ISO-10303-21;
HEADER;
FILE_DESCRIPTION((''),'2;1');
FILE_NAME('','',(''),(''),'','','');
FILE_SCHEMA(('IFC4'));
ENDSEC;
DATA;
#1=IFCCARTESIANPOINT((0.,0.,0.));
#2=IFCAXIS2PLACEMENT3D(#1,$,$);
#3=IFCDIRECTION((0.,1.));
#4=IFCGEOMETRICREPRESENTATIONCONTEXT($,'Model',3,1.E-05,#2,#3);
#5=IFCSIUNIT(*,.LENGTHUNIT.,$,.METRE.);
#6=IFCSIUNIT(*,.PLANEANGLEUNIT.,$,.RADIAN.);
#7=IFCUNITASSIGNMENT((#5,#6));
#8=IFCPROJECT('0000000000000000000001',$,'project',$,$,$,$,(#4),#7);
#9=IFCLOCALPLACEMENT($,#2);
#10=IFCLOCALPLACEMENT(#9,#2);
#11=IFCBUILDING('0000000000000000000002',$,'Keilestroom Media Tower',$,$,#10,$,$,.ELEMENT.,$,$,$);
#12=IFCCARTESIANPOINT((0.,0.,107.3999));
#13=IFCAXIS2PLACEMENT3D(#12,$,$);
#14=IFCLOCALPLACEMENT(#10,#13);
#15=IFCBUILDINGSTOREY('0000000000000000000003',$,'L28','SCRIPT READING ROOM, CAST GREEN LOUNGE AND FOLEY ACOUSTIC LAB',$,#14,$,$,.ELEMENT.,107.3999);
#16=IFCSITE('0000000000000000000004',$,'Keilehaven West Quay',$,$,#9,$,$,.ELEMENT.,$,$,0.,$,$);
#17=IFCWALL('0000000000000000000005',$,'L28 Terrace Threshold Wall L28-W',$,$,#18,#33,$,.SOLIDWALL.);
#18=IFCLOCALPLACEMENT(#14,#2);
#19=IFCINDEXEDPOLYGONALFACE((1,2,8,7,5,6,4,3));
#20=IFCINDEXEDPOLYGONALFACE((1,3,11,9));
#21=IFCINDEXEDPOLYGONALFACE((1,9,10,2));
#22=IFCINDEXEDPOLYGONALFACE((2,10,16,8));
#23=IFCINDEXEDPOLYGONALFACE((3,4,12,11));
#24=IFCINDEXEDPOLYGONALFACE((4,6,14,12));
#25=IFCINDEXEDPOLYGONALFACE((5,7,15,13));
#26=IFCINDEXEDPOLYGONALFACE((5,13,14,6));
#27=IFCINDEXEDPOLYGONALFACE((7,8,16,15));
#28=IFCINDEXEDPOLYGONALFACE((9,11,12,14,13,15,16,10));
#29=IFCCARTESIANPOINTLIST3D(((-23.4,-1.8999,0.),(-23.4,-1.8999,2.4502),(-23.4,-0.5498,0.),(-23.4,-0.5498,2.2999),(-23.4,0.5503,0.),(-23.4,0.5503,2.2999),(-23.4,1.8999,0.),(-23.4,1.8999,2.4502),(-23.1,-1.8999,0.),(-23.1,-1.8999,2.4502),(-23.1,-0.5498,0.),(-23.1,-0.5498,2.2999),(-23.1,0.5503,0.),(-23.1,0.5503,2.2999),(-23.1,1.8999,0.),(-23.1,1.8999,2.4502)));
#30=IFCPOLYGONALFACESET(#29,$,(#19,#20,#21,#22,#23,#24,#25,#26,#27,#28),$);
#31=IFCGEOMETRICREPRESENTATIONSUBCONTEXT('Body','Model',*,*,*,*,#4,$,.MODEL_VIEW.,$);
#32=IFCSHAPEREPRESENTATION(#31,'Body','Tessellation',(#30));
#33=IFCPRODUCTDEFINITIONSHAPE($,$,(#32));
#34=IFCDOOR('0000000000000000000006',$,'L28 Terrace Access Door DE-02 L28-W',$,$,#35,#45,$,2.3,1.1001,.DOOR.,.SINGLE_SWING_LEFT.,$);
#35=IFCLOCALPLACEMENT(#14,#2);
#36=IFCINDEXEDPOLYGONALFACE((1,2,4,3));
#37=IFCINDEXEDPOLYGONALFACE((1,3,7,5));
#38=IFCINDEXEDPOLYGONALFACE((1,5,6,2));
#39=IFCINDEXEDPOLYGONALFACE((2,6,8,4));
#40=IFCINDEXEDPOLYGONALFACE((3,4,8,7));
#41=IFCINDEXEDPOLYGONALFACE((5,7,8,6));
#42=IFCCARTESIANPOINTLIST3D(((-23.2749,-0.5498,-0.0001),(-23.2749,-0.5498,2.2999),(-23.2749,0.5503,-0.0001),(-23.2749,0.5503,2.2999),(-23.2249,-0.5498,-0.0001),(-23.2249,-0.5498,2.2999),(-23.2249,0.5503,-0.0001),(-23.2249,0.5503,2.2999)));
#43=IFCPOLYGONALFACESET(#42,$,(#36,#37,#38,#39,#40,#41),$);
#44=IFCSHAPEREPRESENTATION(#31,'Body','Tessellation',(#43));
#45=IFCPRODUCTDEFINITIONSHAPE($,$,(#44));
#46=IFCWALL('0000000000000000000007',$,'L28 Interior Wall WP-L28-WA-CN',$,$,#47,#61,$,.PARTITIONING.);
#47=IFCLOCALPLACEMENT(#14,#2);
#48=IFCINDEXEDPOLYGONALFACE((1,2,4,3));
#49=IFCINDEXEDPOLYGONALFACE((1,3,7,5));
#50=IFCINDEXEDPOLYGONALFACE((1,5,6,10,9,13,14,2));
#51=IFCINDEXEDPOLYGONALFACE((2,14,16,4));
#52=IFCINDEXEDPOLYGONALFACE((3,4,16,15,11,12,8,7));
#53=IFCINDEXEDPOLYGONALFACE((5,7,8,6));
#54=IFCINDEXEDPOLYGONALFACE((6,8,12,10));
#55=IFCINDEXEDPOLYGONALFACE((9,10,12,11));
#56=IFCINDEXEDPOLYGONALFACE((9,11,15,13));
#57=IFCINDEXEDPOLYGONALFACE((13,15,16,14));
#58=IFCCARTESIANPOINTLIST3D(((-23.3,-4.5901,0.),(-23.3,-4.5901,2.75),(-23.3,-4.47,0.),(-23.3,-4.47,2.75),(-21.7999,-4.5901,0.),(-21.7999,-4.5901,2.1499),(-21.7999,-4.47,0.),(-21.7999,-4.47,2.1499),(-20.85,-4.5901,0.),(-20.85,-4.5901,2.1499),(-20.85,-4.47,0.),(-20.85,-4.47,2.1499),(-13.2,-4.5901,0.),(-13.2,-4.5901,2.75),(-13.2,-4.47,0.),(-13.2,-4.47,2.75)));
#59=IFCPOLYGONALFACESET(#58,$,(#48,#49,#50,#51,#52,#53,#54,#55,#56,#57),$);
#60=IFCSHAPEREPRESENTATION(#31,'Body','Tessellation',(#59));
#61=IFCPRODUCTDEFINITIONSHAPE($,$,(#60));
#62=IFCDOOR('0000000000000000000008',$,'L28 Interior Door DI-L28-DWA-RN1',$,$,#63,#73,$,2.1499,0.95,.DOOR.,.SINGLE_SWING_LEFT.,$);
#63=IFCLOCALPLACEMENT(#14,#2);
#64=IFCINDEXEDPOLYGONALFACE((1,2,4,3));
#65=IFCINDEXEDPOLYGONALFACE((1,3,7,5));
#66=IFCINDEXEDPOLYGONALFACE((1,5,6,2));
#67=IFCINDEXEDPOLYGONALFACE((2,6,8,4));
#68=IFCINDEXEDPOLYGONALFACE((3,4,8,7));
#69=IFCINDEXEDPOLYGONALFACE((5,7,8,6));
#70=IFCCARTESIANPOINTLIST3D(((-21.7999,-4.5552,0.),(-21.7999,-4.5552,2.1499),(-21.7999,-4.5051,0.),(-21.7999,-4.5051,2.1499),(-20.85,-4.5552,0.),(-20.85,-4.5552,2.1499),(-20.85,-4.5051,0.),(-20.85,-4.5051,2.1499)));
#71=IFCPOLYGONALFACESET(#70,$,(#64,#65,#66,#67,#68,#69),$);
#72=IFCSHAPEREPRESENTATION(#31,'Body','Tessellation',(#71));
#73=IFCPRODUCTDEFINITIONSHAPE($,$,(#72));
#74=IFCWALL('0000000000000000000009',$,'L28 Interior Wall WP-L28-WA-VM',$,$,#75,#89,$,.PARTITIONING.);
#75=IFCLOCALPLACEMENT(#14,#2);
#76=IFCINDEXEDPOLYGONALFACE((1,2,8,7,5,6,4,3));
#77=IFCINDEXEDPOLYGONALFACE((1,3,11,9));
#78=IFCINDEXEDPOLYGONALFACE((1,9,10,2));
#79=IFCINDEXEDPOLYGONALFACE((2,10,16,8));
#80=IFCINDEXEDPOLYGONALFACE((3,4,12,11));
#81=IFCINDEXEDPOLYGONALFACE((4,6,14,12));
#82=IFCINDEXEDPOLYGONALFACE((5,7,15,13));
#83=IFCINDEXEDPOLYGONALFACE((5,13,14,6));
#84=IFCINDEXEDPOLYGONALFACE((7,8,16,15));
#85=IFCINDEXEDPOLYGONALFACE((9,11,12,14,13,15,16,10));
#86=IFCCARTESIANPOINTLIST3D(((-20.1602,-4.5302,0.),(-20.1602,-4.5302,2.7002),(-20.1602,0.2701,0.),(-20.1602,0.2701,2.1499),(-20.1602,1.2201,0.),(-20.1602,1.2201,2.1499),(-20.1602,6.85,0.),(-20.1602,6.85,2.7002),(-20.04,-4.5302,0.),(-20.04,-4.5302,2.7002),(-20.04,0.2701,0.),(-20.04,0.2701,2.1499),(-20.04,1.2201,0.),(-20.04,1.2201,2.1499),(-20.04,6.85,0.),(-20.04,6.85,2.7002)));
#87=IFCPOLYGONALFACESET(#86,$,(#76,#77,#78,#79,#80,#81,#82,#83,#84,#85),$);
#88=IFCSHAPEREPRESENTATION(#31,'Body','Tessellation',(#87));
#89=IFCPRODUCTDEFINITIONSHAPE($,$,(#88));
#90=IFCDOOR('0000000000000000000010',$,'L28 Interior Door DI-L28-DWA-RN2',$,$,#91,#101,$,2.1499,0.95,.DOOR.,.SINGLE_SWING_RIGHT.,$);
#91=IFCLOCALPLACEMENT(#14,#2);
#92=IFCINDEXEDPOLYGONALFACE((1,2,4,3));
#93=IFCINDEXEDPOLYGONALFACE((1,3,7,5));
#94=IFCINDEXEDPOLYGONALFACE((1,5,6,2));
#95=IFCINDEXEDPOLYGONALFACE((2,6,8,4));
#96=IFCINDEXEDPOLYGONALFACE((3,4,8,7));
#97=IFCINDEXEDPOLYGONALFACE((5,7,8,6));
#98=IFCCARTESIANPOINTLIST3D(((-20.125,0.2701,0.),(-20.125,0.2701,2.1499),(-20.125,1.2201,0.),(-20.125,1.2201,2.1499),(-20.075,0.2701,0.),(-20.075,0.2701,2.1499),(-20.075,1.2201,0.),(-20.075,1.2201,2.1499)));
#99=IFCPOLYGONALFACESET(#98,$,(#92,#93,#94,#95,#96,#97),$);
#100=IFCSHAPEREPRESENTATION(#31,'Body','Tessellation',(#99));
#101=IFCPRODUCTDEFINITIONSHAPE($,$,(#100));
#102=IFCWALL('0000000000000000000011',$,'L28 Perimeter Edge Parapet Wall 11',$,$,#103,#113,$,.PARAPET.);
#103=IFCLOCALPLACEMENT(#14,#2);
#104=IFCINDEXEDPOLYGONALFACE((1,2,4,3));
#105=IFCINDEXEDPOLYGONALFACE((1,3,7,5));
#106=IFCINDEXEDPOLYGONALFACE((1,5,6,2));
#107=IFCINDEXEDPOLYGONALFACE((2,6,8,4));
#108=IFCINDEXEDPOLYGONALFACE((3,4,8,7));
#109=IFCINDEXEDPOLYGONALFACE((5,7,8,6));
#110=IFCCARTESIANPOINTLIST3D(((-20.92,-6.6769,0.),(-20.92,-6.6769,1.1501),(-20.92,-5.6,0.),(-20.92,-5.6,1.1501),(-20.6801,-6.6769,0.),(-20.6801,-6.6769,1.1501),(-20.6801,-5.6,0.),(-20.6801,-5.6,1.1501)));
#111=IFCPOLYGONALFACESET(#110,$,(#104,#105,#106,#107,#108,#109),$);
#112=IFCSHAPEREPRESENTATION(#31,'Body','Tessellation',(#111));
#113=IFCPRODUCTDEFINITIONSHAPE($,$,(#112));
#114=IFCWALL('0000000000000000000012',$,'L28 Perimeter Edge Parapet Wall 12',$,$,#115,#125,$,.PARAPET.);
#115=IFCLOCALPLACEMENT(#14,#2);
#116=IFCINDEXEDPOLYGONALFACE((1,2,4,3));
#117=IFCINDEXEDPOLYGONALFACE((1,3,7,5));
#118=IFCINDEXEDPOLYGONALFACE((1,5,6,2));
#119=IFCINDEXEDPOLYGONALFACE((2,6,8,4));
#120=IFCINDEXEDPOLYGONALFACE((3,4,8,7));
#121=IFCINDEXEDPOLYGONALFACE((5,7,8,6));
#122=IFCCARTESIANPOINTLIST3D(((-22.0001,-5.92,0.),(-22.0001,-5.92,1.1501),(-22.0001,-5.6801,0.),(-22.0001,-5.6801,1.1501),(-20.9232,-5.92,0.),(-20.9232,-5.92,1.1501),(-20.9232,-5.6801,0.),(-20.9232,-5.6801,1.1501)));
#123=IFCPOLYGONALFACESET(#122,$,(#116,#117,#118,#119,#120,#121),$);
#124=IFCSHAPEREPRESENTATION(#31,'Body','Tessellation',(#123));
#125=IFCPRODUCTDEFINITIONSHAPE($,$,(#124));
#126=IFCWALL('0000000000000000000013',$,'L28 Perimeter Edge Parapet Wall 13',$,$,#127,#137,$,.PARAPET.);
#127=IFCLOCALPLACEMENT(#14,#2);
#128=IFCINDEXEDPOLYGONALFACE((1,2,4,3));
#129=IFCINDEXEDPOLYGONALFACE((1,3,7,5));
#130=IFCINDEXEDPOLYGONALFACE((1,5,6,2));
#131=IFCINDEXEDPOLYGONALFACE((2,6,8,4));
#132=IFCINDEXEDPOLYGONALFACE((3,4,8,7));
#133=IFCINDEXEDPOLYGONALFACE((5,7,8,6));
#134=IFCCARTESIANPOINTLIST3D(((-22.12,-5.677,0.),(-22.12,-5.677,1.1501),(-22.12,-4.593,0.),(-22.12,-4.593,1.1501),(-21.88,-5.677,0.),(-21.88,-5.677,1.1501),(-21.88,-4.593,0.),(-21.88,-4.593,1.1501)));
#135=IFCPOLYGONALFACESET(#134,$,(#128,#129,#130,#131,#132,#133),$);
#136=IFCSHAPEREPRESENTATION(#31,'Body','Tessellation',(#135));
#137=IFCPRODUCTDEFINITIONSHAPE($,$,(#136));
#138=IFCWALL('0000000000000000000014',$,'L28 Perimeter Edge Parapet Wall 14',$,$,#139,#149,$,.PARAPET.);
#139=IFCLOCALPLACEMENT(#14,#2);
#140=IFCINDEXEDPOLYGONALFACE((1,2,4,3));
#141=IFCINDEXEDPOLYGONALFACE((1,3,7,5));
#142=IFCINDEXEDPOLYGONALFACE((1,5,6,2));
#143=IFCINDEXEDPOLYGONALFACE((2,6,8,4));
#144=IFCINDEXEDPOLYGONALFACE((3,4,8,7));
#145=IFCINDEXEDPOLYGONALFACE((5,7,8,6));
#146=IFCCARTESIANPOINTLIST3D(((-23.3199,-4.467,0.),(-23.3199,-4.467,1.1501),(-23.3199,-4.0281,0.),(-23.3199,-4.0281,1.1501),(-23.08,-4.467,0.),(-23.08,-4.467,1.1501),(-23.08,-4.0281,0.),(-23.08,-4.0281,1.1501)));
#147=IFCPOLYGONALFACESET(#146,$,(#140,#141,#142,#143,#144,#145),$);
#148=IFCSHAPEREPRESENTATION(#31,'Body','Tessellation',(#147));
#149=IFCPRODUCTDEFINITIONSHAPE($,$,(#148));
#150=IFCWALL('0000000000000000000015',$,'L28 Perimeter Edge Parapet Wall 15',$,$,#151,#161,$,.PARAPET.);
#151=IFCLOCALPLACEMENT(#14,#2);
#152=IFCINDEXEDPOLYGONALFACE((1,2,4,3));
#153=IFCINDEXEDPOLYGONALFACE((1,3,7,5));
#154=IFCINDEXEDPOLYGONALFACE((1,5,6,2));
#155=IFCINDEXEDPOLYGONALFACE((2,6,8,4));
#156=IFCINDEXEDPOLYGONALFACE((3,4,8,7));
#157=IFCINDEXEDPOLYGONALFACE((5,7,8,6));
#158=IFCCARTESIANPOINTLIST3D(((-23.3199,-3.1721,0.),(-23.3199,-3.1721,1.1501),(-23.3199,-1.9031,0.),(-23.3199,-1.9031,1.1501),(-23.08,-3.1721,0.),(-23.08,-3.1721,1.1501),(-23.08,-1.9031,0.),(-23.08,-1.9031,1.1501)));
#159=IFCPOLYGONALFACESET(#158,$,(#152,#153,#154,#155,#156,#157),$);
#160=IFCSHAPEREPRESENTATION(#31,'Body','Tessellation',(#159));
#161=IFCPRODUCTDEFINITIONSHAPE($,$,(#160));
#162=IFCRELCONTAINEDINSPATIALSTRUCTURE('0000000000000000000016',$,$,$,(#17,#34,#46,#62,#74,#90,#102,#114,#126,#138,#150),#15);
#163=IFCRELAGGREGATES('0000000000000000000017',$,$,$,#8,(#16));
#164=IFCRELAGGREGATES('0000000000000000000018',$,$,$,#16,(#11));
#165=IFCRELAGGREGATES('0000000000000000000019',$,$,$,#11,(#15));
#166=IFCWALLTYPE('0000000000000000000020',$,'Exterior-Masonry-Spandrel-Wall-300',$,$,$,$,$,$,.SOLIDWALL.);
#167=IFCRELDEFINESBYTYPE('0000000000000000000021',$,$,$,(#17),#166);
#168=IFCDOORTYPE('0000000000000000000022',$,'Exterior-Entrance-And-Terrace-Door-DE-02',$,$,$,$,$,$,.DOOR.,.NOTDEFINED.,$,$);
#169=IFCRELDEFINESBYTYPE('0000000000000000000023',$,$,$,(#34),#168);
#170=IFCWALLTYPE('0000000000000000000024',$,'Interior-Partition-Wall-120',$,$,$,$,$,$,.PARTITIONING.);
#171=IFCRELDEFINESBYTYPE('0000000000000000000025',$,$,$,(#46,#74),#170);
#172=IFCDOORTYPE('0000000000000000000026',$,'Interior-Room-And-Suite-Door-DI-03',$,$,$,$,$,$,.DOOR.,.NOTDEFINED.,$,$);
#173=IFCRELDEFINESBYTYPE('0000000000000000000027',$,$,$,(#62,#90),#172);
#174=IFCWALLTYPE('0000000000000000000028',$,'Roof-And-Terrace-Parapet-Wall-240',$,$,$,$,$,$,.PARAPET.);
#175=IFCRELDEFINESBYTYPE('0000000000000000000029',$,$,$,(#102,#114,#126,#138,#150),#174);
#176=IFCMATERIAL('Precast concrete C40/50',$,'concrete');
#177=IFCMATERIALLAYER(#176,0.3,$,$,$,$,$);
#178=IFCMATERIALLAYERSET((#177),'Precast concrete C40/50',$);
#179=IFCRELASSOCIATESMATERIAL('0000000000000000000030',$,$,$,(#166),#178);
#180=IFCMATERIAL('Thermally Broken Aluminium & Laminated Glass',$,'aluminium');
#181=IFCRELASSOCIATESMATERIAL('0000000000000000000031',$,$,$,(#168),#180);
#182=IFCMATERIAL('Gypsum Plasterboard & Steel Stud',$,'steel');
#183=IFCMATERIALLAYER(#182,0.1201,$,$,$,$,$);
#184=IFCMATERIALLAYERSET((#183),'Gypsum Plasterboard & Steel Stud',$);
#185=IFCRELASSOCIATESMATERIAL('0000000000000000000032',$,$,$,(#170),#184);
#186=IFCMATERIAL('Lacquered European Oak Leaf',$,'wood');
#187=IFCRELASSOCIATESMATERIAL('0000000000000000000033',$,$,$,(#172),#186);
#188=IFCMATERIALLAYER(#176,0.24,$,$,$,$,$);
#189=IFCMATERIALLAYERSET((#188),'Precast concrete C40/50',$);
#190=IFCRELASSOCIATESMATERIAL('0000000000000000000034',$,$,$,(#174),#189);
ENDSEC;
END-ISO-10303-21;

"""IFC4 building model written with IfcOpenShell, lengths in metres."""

from ifc_helpers import new_model, si_unit, direction, frame, frame_2d, origin, place, context, subcontext, project, spatial, rectangle, extrude, source, transform, mapped, material, layer, layer_set, type_object, element, fill, save


model = new_model("IFC4")

# Units and contexts
model_context = context("Model", 3, precision=1e-05, world=origin(), true_north=direction((0.0, 1.0)))
body_context = subcontext(model_context, "Body", "Model", "MODEL_VIEW")
ifc_project = project(units=[si_unit("LENGTHUNIT", "METRE"), si_unit("PLANEANGLEUNIT", "RADIAN")], contexts=[model_context])

# Site, building, storey
site_placement = place(None, origin())
site = spatial("IfcSite", under=ifc_project, at=site_placement, Name="Keilehaven West Quay", CompositionType="ELEMENT", RefElevation=0.0)
building_placement = place(site_placement, origin())
building = spatial("IfcBuilding", under=site, at=building_placement, Name="Keilestroom Media Tower", CompositionType="ELEMENT")
storey_placement = place(building_placement, frame((0.0, 0.0, 107.3999)))
storey = spatial("IfcBuildingStorey", under=building, at=storey_placement, Name="L28", Description="SCRIPT READING ROOM, CAST GREEN LOUNGE AND FOLEY ACOUSTIC LAB", CompositionType="ELEMENT", Elevation=107.3999)

# Shared definitions
ifc_material_1 = material(Name="Precast concrete C40/50", Category="concrete")

# Walls, openings, doors
ifc_layer_1 = layer(ifc_material_1, 0.3)
ifc_layer_set_1 = layer_set([ifc_layer_1], Name="Precast concrete C40/50")
wall_type_1 = type_object("IfcWallType", Name="Exterior-Masonry-Spandrel-Wall-300", PredefinedType="SOLIDWALL", material=ifc_layer_set_1)
wall_1_placement = place(storey_placement, frame((-23.25, -1.8999, 0.0), z_axis=(0.0, 0.0, 1.0), x_axis=(0.0, 1.0, 0.0)))
wall_1 = element("IfcWall", 1, at=wall_1_placement, inside=storey, type_object=wall_type_1, Name="L28 Terrace Threshold Wall L28-W", PredefinedType="SOLIDWALL", context=body_context, shape_type="SweptSolid", body=[
    extrude(rectangle(XDim=3.7998, YDim=0.3, at=frame_2d((1.8999, 0.0))), origin(), (0.0, 0.0, 1.0), 2.4502),
])
opening_1_placement = place(wall_1_placement, frame((1.3501, 0.0, 0.0)))
opening_1 = element("IfcOpeningElement", 2, at=opening_1_placement, cuts=wall_1, PredefinedType="OPENING", context=body_context, shape_type="SweptSolid", body=[
    extrude(rectangle(XDim=1.1001, YDim=2.3, at=frame_2d((0.55, 1.1499))), frame((0.0, 0.1602, 0.0), z_axis=(0.0, -1.0, 0.0), x_axis=(1.0, 0.0, 0.0)), (0.0, 0.0, 1.0), 0.3201),
])
ifc_material_2 = material(Name="Thermally Broken Aluminium & Laminated Glass", Category="aluminium")
door_type_1 = type_object("IfcDoorType", Name="Exterior-Entrance-And-Terrace-Door-DE-02", OperationType="NOTDEFINED", PredefinedType="DOOR", material=ifc_material_2)
shared_shape_1 = source(origin(), body_context, "Body", "SweptSolid", [
    extrude(rectangle(XDim=1.1001, YDim=2.3, at=frame_2d((0.55, 1.1499))), frame((0.0, 0.0249, 0.0), z_axis=(0.0, -1.0, 0.0), x_axis=(1.0, 0.0, 0.0)), (0.0, 0.0, 1.0), 0.05),
])
door_1_placement = place(opening_1_placement, origin())
door_1 = element("IfcDoor", 3, at=door_1_placement, inside=storey, type_object=door_type_1, Name="L28 Terrace Access Door DE-02 L28-W", OperationType="SINGLE_SWING_LEFT", OverallHeight=2.3, OverallWidth=1.1001, PredefinedType="DOOR", context=body_context, shape_type="MappedRepresentation", body=[
    mapped(shared_shape_1, transform((0.0, 0.0, 0.0), x_axis=(1.0, 0.0, 0.0), y_axis=(0.0, 1.0, 0.0), z_axis=(0.0, 0.0, 1.0), scale=1.0)),
])
fill(opening_1, door_1)
ifc_material_3 = material(Name="Gypsum Plasterboard & Steel Stud", Category="steel")
ifc_layer_2 = layer(ifc_material_3, 0.1201)
ifc_layer_set_2 = layer_set([ifc_layer_2], Name="Gypsum Plasterboard & Steel Stud")
wall_type_2 = type_object("IfcWallType", Name="Interior-Partition-Wall-120", PredefinedType="PARTITIONING", material=ifc_layer_set_2)
wall_2_placement = place(storey_placement, frame((-23.3, -4.53, 0.0), z_axis=(0.0, 0.0, 1.0), x_axis=(1.0, 0.0, 0.0)))
wall_2 = element("IfcWall", 4, at=wall_2_placement, inside=storey, type_object=wall_type_2, Name="L28 Interior Wall WP-L28-WA-CN", PredefinedType="PARTITIONING", context=body_context, shape_type="SweptSolid", body=[
    extrude(rectangle(XDim=10.1001, YDim=0.1201, at=frame_2d((5.05, 0.0))), origin(), (0.0, 0.0, 1.0), 2.75),
])
opening_2_placement = place(wall_2_placement, frame((1.5, 0.0, 0.0)))
opening_2 = element("IfcOpeningElement", 5, at=opening_2_placement, cuts=wall_2, PredefinedType="OPENING", context=body_context, shape_type="SweptSolid", body=[
    extrude(rectangle(XDim=0.95, YDim=2.1499, at=frame_2d((0.4751, 1.075))), frame((0.0, 0.0701, 0.0), z_axis=(0.0, -1.0, 0.0), x_axis=(1.0, 0.0, 0.0)), (0.0, 0.0, 1.0), 0.1401),
])
ifc_material_4 = material(Name="Lacquered European Oak Leaf", Category="wood")
door_type_2 = type_object("IfcDoorType", Name="Interior-Room-And-Suite-Door-DI-03", OperationType="NOTDEFINED", PredefinedType="DOOR", material=ifc_material_4)
shared_shape_2 = source(origin(), body_context, "Body", "SweptSolid", [
    extrude(rectangle(XDim=0.95, YDim=2.1499, at=frame_2d((0.4751, 1.075))), frame((0.0, 0.0249, 0.0), z_axis=(0.0, -1.0, 0.0), x_axis=(1.0, 0.0, 0.0)), (0.0, 0.0, 1.0), 0.05),
])
door_2_placement = place(opening_2_placement, origin())
door_2 = element("IfcDoor", 6, at=door_2_placement, inside=storey, type_object=door_type_2, Name="L28 Interior Door DI-L28-DWA-RN1", OperationType="SINGLE_SWING_LEFT", OverallHeight=2.1499, OverallWidth=0.95, PredefinedType="DOOR", context=body_context, shape_type="MappedRepresentation", body=[
    mapped(shared_shape_2, transform((0.0, 0.0, 0.0), x_axis=(1.0, 0.0, 0.0), y_axis=(0.0, 1.0, 0.0), z_axis=(0.0, 0.0, 1.0), scale=1.0)),
])
fill(opening_2, door_2)
wall_3_placement = place(storey_placement, frame((-20.1001, -4.53, 0.0), z_axis=(0.0, 0.0, 1.0), x_axis=(0.0, 1.0, 0.0)))
wall_3 = element("IfcWall", 7, at=wall_3_placement, inside=storey, type_object=wall_type_2, Name="L28 Interior Wall WP-L28-WA-VM", PredefinedType="PARTITIONING", context=body_context, shape_type="SweptSolid", body=[
    extrude(rectangle(XDim=11.3801, YDim=0.1201, at=frame_2d((5.6899, 0.0))), origin(), (0.0, 0.0, 1.0), 2.7002),
])
opening_3_placement = place(wall_3_placement, frame((4.8, 0.0, 0.0)))
opening_3 = element("IfcOpeningElement", 8, at=opening_3_placement, cuts=wall_3, PredefinedType="OPENING", context=body_context, shape_type="SweptSolid", body=[
    extrude(rectangle(XDim=0.95, YDim=2.1499, at=frame_2d((0.4751, 1.075))), frame((0.0, 0.0701, 0.0), z_axis=(0.0, -1.0, 0.0), x_axis=(1.0, 0.0, 0.0)), (0.0, 0.0, 1.0), 0.1401),
])
door_3_placement = place(opening_3_placement, origin())
door_3 = element("IfcDoor", 9, at=door_3_placement, inside=storey, type_object=door_type_2, Name="L28 Interior Door DI-L28-DWA-RN2", OperationType="SINGLE_SWING_RIGHT", OverallHeight=2.1499, OverallWidth=0.95, PredefinedType="DOOR", context=body_context, shape_type="MappedRepresentation", body=[
    mapped(shared_shape_2, transform((0.0, 0.0, 0.0), x_axis=(1.0, 0.0, 0.0), y_axis=(0.0, 1.0, 0.0), z_axis=(0.0, 0.0, 1.0), scale=1.0)),
])
fill(opening_3, door_3)

# Walls
ifc_layer_3 = layer(ifc_material_1, 0.24)
ifc_layer_set_3 = layer_set([ifc_layer_3], Name="Precast concrete C40/50")
wall_type_3 = type_object("IfcWallType", Name="Roof-And-Terrace-Parapet-Wall-240", PredefinedType="PARAPET", material=ifc_layer_set_3)
for number, where, z_axis, x_axis, name in (
    (10, (-20.8, -6.677, 0.0), (0.0, 0.0, 1.0), (0.0, 1.0, 0.0), "L28 Perimeter Edge Parapet Wall 11"),
    (11, (-20.9231, -5.8, 0.0), (0.0, 0.0, 1.0), (-1.0, 0.0, 0.0), "L28 Perimeter Edge Parapet Wall 12"),
):
    element("IfcWall", number, at=place(storey_placement, frame(where, z_axis=z_axis, x_axis=x_axis)), inside=storey, type_object=wall_type_3, Name=name, PredefinedType="PARAPET", context=body_context, shape_type="SweptSolid", body=[
        extrude(rectangle(XDim=1.0769, YDim=0.24, at=frame_2d((0.5386, 0.0))), origin(), (0.0, 0.0, 1.0), 1.1501),
    ])
wall_4_placement = place(storey_placement, frame((-22.0, -5.677, 0.0), z_axis=(0.0, 0.0, 1.0), x_axis=(0.0, 1.0, 0.0)))
element("IfcWall", 12, at=wall_4_placement, inside=storey, type_object=wall_type_3, Name="L28 Perimeter Edge Parapet Wall 13", PredefinedType="PARAPET", context=body_context, shape_type="SweptSolid", body=[
    extrude(rectangle(XDim=1.084, YDim=0.24, at=frame_2d((0.542, 0.0))), origin(), (0.0, 0.0, 1.0), 1.1501),
])
wall_5_placement = place(storey_placement, frame((-23.2, -4.467, 0.0), z_axis=(0.0, 0.0, 1.0), x_axis=(0.0, 1.0, 0.0)))
element("IfcWall", 13, at=wall_5_placement, inside=storey, type_object=wall_type_3, Name="L28 Perimeter Edge Parapet Wall 14", PredefinedType="PARAPET", context=body_context, shape_type="SweptSolid", body=[
    extrude(rectangle(XDim=0.439, YDim=0.24, at=frame_2d((0.2195, 0.0))), origin(), (0.0, 0.0, 1.0), 1.1501),
])
wall_6_placement = place(storey_placement, frame((-23.2, -3.1721, 0.0), z_axis=(0.0, 0.0, 1.0), x_axis=(0.0, 1.0, 0.0)))
element("IfcWall", 14, at=wall_6_placement, inside=storey, type_object=wall_type_3, Name="L28 Perimeter Edge Parapet Wall 15", PredefinedType="PARAPET", context=body_context, shape_type="SweptSolid", body=[
    extrude(rectangle(XDim=1.269, YDim=0.24, at=frame_2d((0.6345, 0.0))), origin(), (0.0, 0.0, 1.0), 1.1501),
])

save(model, "model.ifc")
